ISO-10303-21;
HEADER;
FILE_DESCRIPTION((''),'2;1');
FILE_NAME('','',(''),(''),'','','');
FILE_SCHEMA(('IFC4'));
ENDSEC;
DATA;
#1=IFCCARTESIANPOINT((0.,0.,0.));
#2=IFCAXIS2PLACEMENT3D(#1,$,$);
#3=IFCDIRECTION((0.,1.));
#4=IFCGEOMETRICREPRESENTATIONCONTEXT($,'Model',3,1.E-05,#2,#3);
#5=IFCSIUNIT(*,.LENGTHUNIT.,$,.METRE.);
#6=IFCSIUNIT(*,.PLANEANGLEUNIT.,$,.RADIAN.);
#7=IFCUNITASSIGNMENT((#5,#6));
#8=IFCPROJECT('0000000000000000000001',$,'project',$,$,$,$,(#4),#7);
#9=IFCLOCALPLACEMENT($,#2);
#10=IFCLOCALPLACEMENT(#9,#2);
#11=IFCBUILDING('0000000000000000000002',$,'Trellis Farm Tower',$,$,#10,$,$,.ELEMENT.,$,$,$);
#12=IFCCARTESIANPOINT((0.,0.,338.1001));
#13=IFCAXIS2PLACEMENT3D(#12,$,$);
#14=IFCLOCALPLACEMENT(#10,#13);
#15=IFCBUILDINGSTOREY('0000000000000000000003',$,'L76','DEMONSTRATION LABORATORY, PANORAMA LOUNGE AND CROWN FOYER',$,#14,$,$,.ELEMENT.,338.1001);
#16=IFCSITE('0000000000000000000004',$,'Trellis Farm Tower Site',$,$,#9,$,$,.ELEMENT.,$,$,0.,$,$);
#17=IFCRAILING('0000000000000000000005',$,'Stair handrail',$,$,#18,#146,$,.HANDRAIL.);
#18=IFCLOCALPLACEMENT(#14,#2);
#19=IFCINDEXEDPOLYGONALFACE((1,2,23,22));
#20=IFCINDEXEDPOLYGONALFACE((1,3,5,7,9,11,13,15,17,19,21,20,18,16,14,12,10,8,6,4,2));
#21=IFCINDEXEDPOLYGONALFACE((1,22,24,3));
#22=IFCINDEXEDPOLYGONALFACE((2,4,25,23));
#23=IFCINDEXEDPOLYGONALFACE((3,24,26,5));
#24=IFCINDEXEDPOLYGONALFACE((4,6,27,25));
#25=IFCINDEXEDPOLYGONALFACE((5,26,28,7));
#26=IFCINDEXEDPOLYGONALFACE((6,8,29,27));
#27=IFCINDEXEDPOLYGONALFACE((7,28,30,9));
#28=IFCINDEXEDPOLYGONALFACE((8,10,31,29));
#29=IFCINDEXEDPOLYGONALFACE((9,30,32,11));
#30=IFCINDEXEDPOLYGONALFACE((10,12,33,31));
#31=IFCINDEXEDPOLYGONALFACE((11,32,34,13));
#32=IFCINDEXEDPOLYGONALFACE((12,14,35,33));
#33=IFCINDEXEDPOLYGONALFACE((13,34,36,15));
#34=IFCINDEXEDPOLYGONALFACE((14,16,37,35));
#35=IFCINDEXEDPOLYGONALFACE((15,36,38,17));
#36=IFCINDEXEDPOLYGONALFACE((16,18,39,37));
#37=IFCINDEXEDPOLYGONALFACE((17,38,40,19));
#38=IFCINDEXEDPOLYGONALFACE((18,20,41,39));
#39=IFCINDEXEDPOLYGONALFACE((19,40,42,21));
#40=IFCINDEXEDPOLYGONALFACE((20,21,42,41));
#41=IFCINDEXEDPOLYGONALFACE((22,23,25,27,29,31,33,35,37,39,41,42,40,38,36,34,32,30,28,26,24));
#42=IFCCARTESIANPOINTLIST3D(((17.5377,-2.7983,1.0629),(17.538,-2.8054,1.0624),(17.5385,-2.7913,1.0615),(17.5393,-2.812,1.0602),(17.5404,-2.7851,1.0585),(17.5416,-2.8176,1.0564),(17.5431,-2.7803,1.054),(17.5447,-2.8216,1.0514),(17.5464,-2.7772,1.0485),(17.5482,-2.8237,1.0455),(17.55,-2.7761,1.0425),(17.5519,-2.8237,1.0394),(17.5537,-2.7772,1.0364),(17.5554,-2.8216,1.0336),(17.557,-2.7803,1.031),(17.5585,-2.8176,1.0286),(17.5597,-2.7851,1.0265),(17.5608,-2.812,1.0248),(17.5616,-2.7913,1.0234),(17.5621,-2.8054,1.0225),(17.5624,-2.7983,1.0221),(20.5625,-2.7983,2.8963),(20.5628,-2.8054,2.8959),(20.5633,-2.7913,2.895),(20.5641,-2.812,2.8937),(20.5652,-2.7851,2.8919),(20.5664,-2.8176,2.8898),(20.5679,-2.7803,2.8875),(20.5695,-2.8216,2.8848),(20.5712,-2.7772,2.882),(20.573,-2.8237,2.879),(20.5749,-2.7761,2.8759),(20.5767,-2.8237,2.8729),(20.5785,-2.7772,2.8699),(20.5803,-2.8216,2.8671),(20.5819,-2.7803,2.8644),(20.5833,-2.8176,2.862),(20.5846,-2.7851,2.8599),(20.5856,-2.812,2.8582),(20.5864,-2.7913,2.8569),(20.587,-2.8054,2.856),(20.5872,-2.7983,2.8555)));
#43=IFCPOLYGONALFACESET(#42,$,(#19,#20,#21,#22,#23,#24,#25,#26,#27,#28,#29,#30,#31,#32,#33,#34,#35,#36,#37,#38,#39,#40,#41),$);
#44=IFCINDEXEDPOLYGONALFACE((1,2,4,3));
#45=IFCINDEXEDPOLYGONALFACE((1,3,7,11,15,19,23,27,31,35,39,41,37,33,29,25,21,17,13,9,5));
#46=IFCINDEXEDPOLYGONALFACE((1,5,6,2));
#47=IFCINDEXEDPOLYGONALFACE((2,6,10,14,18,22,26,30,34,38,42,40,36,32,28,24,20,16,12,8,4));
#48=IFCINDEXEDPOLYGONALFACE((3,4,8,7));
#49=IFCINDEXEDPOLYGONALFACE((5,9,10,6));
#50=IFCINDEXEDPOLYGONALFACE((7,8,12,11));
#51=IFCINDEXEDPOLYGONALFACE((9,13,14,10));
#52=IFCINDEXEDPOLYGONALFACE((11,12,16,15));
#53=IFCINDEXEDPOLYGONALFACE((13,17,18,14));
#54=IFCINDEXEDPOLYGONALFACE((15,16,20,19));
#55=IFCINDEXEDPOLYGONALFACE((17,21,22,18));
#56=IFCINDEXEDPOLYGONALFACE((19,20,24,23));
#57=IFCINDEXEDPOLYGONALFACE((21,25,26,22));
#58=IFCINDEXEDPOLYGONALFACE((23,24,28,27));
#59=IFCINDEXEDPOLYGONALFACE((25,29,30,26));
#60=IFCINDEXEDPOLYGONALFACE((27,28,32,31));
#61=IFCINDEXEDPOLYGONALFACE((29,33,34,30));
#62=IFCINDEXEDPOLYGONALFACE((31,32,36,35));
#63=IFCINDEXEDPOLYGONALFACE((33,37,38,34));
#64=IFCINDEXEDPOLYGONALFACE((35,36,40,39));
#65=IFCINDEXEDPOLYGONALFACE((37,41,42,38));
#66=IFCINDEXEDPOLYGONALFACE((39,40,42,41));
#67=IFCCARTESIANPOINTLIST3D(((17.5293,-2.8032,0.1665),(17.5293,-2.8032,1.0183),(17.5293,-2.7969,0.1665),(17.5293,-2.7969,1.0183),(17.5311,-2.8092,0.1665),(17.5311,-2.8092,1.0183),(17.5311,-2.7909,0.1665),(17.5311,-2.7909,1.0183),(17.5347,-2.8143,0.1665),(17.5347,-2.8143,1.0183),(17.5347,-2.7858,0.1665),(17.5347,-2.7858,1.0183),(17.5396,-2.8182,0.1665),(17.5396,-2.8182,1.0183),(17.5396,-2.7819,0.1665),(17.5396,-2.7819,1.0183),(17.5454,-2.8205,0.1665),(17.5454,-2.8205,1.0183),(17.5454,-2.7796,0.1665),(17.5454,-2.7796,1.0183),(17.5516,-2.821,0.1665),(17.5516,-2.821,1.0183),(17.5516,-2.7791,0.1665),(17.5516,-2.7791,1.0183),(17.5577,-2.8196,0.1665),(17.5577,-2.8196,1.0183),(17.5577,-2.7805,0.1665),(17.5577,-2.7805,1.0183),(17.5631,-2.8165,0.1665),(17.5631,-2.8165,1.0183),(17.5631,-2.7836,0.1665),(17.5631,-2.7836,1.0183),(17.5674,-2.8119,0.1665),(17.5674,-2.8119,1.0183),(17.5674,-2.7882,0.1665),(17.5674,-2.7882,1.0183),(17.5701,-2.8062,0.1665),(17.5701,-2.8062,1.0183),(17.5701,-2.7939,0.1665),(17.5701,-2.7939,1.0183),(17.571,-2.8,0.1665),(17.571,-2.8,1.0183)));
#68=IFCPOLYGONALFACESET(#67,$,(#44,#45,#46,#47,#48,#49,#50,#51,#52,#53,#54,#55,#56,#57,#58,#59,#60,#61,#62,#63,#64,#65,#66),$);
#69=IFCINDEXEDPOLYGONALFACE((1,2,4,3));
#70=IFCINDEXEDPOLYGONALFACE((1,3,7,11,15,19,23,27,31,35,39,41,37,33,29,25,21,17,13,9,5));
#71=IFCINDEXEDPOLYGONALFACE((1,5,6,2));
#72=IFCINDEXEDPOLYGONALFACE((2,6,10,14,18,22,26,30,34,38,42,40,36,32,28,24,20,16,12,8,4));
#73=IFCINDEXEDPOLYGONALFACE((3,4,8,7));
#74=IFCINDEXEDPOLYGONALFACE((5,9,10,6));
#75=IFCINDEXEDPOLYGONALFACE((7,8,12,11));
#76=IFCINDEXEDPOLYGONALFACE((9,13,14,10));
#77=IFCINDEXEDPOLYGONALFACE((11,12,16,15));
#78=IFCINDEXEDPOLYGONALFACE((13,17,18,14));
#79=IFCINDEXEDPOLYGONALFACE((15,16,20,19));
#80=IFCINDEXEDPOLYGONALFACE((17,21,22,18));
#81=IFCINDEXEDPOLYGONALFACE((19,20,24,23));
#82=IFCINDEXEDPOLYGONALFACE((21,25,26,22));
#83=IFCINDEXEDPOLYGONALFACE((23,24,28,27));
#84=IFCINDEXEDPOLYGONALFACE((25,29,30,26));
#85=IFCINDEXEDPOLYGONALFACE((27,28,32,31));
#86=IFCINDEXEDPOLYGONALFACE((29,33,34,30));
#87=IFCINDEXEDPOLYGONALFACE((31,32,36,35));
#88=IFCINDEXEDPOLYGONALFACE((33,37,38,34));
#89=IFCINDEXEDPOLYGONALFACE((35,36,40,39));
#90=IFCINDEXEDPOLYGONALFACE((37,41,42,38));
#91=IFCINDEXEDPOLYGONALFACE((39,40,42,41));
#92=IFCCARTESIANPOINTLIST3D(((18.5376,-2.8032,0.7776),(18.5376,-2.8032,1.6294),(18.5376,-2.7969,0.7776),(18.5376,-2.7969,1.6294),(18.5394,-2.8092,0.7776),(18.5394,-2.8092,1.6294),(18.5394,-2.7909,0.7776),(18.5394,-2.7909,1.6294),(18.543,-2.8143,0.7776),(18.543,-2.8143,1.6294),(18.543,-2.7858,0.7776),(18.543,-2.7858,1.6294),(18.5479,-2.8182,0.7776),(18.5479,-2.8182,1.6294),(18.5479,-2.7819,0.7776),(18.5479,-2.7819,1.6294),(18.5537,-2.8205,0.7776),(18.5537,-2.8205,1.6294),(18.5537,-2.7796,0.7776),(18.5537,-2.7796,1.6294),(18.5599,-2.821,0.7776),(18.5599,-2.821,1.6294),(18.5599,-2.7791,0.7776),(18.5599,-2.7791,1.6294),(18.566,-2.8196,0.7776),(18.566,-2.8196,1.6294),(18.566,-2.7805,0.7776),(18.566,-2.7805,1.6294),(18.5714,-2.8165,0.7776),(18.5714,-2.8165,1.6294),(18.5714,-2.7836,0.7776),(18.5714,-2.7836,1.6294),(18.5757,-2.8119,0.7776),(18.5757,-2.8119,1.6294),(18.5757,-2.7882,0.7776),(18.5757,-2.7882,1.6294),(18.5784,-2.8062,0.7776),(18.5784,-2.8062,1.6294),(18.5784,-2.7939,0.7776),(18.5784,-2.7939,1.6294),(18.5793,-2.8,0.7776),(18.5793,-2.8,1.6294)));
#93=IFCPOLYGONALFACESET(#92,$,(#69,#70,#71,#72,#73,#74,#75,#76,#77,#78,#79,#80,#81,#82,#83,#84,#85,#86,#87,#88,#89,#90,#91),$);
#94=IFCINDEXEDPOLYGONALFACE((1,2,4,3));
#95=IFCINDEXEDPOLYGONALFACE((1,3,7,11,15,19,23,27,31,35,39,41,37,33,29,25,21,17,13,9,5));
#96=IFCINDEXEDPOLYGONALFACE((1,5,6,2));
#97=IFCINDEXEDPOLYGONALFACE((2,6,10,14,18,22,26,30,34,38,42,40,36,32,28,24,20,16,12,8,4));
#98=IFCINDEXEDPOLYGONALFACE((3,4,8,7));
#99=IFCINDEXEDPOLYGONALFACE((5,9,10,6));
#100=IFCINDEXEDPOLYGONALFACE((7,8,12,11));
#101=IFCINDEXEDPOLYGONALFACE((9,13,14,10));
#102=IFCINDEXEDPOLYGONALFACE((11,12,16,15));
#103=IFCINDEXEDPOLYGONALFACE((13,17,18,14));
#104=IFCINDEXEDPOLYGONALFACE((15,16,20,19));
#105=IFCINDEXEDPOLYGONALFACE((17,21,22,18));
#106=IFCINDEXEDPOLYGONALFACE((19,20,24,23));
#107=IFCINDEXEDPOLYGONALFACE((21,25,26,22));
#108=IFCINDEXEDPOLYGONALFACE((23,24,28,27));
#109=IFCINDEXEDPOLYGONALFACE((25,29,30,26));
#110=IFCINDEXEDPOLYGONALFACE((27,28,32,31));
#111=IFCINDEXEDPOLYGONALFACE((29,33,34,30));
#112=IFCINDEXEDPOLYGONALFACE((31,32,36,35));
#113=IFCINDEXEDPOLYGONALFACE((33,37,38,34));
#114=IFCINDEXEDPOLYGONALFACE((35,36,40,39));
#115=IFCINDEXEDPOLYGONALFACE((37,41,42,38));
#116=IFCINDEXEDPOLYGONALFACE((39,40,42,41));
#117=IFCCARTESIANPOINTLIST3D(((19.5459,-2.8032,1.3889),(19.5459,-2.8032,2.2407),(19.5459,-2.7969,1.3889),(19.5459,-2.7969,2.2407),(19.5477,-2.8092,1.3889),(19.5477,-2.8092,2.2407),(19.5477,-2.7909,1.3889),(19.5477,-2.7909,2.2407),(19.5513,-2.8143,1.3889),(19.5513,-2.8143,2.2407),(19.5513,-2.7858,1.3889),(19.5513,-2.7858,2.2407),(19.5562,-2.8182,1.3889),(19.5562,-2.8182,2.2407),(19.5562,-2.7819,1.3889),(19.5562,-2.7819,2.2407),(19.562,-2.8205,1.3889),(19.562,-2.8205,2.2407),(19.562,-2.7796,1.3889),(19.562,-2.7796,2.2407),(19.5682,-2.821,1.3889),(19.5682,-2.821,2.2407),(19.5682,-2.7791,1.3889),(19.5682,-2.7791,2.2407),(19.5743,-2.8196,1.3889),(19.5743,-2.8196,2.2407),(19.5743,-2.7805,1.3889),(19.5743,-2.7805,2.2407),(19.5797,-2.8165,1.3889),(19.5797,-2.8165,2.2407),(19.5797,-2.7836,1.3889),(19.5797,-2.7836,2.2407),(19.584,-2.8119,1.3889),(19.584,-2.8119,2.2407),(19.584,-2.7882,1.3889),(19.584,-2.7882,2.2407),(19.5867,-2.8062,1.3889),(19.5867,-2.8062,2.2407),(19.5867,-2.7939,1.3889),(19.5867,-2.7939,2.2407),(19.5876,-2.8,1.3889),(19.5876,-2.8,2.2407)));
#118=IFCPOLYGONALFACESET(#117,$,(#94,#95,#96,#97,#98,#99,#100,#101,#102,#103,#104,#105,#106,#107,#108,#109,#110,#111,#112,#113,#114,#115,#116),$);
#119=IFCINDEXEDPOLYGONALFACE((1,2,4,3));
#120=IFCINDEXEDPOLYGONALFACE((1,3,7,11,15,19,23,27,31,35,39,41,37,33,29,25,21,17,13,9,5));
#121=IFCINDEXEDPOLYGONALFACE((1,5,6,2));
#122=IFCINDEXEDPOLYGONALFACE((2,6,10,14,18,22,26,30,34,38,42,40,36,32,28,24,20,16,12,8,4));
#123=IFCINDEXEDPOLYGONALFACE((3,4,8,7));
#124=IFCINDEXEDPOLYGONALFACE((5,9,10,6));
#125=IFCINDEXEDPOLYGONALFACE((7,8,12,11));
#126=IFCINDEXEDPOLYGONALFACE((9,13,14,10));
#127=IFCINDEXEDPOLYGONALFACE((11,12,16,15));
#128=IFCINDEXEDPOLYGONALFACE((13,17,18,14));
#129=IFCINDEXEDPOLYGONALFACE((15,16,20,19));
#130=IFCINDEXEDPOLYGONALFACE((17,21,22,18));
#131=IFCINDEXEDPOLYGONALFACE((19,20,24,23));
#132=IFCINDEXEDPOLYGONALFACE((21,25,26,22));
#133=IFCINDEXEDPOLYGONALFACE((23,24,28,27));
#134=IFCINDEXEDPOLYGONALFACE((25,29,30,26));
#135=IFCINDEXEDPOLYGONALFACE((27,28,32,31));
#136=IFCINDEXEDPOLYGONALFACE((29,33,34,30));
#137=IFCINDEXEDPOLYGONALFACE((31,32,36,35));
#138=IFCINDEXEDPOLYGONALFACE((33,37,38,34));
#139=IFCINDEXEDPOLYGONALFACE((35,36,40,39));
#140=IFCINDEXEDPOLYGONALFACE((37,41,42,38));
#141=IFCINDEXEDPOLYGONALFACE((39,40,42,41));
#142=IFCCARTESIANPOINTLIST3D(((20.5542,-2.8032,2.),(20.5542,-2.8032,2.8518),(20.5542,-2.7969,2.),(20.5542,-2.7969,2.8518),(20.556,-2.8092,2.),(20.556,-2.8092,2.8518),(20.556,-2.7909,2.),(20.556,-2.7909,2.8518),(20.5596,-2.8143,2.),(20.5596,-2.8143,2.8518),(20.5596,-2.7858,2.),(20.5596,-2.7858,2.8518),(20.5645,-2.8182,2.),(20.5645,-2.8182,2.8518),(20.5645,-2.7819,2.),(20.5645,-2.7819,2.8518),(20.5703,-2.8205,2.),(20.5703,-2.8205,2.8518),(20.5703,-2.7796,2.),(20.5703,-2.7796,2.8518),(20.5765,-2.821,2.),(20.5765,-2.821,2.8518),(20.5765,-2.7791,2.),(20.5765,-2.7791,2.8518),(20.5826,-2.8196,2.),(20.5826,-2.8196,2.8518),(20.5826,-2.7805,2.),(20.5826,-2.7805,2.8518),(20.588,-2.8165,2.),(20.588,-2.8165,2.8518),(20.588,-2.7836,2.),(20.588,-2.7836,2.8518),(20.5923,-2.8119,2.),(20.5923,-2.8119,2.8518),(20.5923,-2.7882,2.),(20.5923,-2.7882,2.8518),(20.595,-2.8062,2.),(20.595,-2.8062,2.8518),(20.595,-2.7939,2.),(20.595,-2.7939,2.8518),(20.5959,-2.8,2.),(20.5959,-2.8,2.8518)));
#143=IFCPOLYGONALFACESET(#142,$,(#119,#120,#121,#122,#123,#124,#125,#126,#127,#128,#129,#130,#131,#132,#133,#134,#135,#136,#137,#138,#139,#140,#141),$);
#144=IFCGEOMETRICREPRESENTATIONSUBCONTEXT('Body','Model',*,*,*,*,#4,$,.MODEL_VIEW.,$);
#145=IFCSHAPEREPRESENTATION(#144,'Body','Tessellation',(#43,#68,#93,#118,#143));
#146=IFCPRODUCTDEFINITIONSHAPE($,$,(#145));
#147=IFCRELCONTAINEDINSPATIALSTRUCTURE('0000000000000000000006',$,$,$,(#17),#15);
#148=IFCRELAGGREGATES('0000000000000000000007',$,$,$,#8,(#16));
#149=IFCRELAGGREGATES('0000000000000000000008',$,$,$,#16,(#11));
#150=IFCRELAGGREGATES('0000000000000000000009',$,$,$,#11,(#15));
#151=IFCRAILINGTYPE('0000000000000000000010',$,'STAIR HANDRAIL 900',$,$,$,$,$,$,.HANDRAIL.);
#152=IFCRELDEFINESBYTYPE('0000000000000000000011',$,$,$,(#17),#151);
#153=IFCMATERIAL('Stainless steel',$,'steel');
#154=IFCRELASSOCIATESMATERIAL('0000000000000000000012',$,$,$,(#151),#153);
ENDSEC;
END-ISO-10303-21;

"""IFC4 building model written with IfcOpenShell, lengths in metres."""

from ifc_helpers import new_model, si_unit, direction, frame, origin, origin_2d, place, context, subcontext, project, spatial, circle, extrude, source, transform, mapped, material, type_object, element, save


model = new_model("IFC4")

# Units and contexts
model_context = context("Model", 3, precision=1e-05, world=origin(), true_north=direction((0.0, 1.0)))
body_context = subcontext(model_context, "Body", "Model", "MODEL_VIEW")
ifc_project = project(units=[si_unit("LENGTHUNIT", "METRE"), si_unit("PLANEANGLEUNIT", "RADIAN")], contexts=[model_context])

# Site, building, storey
site_placement = place(None, origin())
site = spatial("IfcSite", under=ifc_project, at=site_placement, Name="Trellis Farm Tower Site", CompositionType="ELEMENT", RefElevation=0.0)
building_placement = place(site_placement, origin())
building = spatial("IfcBuilding", under=site, at=building_placement, Name="Trellis Farm Tower", CompositionType="ELEMENT")
storey_placement = place(building_placement, frame((0.0, 0.0, 338.1001)))
storey = spatial("IfcBuildingStorey", under=building, at=storey_placement, Name="L76", Description="DEMONSTRATION LABORATORY, PANORAMA LOUNGE AND CROWN FOYER", CompositionType="ELEMENT", Elevation=338.1001)

# Railing
ifc_material_1 = material(Name="Stainless steel", Category="steel")
railing_type = type_object("IfcRailingType", Name="STAIR HANDRAIL 900", PredefinedType="HANDRAIL", material=ifc_material_1)
shared_shape_1 = source(origin(), body_context, "Body", "SweptSolid", [
    extrude(circle(Radius=0.0239, at=origin_2d()), frame((0.0, 0.0, 0.876), z_axis=(0.85517, 0.0, 0.518348), x_axis=(0.0, 1.0, 0.0)), (0.0, 0.0, 1.0), 3.5371),
    extrude(circle(Radius=0.021, at=origin_2d()), origin(), (0.0, 0.0, 1.0), 0.8518),
    extrude(circle(Radius=0.021, at=origin_2d()), frame((1.0083, 0.0, 0.6111)), (0.0, 0.0, 1.0), 0.8518),
    extrude(circle(Radius=0.021, at=origin_2d()), frame((2.0166, 0.0, 1.2224)), (0.0, 0.0, 1.0), 0.8518),
    extrude(circle(Radius=0.021, at=origin_2d()), frame((3.0249, 0.0, 1.8335)), (0.0, 0.0, 1.0), 0.8518),
])
railing_placement = place(storey_placement, frame((17.55, -2.8, 0.1665)))
element("IfcRailing", 1, at=railing_placement, inside=storey, type_object=railing_type, Name="Stair handrail", PredefinedType="HANDRAIL", context=body_context, shape_type="MappedRepresentation", body=[
    mapped(shared_shape_1, transform((0.0, 0.0, 0.0))),
])

save(model, "model.ifc")
